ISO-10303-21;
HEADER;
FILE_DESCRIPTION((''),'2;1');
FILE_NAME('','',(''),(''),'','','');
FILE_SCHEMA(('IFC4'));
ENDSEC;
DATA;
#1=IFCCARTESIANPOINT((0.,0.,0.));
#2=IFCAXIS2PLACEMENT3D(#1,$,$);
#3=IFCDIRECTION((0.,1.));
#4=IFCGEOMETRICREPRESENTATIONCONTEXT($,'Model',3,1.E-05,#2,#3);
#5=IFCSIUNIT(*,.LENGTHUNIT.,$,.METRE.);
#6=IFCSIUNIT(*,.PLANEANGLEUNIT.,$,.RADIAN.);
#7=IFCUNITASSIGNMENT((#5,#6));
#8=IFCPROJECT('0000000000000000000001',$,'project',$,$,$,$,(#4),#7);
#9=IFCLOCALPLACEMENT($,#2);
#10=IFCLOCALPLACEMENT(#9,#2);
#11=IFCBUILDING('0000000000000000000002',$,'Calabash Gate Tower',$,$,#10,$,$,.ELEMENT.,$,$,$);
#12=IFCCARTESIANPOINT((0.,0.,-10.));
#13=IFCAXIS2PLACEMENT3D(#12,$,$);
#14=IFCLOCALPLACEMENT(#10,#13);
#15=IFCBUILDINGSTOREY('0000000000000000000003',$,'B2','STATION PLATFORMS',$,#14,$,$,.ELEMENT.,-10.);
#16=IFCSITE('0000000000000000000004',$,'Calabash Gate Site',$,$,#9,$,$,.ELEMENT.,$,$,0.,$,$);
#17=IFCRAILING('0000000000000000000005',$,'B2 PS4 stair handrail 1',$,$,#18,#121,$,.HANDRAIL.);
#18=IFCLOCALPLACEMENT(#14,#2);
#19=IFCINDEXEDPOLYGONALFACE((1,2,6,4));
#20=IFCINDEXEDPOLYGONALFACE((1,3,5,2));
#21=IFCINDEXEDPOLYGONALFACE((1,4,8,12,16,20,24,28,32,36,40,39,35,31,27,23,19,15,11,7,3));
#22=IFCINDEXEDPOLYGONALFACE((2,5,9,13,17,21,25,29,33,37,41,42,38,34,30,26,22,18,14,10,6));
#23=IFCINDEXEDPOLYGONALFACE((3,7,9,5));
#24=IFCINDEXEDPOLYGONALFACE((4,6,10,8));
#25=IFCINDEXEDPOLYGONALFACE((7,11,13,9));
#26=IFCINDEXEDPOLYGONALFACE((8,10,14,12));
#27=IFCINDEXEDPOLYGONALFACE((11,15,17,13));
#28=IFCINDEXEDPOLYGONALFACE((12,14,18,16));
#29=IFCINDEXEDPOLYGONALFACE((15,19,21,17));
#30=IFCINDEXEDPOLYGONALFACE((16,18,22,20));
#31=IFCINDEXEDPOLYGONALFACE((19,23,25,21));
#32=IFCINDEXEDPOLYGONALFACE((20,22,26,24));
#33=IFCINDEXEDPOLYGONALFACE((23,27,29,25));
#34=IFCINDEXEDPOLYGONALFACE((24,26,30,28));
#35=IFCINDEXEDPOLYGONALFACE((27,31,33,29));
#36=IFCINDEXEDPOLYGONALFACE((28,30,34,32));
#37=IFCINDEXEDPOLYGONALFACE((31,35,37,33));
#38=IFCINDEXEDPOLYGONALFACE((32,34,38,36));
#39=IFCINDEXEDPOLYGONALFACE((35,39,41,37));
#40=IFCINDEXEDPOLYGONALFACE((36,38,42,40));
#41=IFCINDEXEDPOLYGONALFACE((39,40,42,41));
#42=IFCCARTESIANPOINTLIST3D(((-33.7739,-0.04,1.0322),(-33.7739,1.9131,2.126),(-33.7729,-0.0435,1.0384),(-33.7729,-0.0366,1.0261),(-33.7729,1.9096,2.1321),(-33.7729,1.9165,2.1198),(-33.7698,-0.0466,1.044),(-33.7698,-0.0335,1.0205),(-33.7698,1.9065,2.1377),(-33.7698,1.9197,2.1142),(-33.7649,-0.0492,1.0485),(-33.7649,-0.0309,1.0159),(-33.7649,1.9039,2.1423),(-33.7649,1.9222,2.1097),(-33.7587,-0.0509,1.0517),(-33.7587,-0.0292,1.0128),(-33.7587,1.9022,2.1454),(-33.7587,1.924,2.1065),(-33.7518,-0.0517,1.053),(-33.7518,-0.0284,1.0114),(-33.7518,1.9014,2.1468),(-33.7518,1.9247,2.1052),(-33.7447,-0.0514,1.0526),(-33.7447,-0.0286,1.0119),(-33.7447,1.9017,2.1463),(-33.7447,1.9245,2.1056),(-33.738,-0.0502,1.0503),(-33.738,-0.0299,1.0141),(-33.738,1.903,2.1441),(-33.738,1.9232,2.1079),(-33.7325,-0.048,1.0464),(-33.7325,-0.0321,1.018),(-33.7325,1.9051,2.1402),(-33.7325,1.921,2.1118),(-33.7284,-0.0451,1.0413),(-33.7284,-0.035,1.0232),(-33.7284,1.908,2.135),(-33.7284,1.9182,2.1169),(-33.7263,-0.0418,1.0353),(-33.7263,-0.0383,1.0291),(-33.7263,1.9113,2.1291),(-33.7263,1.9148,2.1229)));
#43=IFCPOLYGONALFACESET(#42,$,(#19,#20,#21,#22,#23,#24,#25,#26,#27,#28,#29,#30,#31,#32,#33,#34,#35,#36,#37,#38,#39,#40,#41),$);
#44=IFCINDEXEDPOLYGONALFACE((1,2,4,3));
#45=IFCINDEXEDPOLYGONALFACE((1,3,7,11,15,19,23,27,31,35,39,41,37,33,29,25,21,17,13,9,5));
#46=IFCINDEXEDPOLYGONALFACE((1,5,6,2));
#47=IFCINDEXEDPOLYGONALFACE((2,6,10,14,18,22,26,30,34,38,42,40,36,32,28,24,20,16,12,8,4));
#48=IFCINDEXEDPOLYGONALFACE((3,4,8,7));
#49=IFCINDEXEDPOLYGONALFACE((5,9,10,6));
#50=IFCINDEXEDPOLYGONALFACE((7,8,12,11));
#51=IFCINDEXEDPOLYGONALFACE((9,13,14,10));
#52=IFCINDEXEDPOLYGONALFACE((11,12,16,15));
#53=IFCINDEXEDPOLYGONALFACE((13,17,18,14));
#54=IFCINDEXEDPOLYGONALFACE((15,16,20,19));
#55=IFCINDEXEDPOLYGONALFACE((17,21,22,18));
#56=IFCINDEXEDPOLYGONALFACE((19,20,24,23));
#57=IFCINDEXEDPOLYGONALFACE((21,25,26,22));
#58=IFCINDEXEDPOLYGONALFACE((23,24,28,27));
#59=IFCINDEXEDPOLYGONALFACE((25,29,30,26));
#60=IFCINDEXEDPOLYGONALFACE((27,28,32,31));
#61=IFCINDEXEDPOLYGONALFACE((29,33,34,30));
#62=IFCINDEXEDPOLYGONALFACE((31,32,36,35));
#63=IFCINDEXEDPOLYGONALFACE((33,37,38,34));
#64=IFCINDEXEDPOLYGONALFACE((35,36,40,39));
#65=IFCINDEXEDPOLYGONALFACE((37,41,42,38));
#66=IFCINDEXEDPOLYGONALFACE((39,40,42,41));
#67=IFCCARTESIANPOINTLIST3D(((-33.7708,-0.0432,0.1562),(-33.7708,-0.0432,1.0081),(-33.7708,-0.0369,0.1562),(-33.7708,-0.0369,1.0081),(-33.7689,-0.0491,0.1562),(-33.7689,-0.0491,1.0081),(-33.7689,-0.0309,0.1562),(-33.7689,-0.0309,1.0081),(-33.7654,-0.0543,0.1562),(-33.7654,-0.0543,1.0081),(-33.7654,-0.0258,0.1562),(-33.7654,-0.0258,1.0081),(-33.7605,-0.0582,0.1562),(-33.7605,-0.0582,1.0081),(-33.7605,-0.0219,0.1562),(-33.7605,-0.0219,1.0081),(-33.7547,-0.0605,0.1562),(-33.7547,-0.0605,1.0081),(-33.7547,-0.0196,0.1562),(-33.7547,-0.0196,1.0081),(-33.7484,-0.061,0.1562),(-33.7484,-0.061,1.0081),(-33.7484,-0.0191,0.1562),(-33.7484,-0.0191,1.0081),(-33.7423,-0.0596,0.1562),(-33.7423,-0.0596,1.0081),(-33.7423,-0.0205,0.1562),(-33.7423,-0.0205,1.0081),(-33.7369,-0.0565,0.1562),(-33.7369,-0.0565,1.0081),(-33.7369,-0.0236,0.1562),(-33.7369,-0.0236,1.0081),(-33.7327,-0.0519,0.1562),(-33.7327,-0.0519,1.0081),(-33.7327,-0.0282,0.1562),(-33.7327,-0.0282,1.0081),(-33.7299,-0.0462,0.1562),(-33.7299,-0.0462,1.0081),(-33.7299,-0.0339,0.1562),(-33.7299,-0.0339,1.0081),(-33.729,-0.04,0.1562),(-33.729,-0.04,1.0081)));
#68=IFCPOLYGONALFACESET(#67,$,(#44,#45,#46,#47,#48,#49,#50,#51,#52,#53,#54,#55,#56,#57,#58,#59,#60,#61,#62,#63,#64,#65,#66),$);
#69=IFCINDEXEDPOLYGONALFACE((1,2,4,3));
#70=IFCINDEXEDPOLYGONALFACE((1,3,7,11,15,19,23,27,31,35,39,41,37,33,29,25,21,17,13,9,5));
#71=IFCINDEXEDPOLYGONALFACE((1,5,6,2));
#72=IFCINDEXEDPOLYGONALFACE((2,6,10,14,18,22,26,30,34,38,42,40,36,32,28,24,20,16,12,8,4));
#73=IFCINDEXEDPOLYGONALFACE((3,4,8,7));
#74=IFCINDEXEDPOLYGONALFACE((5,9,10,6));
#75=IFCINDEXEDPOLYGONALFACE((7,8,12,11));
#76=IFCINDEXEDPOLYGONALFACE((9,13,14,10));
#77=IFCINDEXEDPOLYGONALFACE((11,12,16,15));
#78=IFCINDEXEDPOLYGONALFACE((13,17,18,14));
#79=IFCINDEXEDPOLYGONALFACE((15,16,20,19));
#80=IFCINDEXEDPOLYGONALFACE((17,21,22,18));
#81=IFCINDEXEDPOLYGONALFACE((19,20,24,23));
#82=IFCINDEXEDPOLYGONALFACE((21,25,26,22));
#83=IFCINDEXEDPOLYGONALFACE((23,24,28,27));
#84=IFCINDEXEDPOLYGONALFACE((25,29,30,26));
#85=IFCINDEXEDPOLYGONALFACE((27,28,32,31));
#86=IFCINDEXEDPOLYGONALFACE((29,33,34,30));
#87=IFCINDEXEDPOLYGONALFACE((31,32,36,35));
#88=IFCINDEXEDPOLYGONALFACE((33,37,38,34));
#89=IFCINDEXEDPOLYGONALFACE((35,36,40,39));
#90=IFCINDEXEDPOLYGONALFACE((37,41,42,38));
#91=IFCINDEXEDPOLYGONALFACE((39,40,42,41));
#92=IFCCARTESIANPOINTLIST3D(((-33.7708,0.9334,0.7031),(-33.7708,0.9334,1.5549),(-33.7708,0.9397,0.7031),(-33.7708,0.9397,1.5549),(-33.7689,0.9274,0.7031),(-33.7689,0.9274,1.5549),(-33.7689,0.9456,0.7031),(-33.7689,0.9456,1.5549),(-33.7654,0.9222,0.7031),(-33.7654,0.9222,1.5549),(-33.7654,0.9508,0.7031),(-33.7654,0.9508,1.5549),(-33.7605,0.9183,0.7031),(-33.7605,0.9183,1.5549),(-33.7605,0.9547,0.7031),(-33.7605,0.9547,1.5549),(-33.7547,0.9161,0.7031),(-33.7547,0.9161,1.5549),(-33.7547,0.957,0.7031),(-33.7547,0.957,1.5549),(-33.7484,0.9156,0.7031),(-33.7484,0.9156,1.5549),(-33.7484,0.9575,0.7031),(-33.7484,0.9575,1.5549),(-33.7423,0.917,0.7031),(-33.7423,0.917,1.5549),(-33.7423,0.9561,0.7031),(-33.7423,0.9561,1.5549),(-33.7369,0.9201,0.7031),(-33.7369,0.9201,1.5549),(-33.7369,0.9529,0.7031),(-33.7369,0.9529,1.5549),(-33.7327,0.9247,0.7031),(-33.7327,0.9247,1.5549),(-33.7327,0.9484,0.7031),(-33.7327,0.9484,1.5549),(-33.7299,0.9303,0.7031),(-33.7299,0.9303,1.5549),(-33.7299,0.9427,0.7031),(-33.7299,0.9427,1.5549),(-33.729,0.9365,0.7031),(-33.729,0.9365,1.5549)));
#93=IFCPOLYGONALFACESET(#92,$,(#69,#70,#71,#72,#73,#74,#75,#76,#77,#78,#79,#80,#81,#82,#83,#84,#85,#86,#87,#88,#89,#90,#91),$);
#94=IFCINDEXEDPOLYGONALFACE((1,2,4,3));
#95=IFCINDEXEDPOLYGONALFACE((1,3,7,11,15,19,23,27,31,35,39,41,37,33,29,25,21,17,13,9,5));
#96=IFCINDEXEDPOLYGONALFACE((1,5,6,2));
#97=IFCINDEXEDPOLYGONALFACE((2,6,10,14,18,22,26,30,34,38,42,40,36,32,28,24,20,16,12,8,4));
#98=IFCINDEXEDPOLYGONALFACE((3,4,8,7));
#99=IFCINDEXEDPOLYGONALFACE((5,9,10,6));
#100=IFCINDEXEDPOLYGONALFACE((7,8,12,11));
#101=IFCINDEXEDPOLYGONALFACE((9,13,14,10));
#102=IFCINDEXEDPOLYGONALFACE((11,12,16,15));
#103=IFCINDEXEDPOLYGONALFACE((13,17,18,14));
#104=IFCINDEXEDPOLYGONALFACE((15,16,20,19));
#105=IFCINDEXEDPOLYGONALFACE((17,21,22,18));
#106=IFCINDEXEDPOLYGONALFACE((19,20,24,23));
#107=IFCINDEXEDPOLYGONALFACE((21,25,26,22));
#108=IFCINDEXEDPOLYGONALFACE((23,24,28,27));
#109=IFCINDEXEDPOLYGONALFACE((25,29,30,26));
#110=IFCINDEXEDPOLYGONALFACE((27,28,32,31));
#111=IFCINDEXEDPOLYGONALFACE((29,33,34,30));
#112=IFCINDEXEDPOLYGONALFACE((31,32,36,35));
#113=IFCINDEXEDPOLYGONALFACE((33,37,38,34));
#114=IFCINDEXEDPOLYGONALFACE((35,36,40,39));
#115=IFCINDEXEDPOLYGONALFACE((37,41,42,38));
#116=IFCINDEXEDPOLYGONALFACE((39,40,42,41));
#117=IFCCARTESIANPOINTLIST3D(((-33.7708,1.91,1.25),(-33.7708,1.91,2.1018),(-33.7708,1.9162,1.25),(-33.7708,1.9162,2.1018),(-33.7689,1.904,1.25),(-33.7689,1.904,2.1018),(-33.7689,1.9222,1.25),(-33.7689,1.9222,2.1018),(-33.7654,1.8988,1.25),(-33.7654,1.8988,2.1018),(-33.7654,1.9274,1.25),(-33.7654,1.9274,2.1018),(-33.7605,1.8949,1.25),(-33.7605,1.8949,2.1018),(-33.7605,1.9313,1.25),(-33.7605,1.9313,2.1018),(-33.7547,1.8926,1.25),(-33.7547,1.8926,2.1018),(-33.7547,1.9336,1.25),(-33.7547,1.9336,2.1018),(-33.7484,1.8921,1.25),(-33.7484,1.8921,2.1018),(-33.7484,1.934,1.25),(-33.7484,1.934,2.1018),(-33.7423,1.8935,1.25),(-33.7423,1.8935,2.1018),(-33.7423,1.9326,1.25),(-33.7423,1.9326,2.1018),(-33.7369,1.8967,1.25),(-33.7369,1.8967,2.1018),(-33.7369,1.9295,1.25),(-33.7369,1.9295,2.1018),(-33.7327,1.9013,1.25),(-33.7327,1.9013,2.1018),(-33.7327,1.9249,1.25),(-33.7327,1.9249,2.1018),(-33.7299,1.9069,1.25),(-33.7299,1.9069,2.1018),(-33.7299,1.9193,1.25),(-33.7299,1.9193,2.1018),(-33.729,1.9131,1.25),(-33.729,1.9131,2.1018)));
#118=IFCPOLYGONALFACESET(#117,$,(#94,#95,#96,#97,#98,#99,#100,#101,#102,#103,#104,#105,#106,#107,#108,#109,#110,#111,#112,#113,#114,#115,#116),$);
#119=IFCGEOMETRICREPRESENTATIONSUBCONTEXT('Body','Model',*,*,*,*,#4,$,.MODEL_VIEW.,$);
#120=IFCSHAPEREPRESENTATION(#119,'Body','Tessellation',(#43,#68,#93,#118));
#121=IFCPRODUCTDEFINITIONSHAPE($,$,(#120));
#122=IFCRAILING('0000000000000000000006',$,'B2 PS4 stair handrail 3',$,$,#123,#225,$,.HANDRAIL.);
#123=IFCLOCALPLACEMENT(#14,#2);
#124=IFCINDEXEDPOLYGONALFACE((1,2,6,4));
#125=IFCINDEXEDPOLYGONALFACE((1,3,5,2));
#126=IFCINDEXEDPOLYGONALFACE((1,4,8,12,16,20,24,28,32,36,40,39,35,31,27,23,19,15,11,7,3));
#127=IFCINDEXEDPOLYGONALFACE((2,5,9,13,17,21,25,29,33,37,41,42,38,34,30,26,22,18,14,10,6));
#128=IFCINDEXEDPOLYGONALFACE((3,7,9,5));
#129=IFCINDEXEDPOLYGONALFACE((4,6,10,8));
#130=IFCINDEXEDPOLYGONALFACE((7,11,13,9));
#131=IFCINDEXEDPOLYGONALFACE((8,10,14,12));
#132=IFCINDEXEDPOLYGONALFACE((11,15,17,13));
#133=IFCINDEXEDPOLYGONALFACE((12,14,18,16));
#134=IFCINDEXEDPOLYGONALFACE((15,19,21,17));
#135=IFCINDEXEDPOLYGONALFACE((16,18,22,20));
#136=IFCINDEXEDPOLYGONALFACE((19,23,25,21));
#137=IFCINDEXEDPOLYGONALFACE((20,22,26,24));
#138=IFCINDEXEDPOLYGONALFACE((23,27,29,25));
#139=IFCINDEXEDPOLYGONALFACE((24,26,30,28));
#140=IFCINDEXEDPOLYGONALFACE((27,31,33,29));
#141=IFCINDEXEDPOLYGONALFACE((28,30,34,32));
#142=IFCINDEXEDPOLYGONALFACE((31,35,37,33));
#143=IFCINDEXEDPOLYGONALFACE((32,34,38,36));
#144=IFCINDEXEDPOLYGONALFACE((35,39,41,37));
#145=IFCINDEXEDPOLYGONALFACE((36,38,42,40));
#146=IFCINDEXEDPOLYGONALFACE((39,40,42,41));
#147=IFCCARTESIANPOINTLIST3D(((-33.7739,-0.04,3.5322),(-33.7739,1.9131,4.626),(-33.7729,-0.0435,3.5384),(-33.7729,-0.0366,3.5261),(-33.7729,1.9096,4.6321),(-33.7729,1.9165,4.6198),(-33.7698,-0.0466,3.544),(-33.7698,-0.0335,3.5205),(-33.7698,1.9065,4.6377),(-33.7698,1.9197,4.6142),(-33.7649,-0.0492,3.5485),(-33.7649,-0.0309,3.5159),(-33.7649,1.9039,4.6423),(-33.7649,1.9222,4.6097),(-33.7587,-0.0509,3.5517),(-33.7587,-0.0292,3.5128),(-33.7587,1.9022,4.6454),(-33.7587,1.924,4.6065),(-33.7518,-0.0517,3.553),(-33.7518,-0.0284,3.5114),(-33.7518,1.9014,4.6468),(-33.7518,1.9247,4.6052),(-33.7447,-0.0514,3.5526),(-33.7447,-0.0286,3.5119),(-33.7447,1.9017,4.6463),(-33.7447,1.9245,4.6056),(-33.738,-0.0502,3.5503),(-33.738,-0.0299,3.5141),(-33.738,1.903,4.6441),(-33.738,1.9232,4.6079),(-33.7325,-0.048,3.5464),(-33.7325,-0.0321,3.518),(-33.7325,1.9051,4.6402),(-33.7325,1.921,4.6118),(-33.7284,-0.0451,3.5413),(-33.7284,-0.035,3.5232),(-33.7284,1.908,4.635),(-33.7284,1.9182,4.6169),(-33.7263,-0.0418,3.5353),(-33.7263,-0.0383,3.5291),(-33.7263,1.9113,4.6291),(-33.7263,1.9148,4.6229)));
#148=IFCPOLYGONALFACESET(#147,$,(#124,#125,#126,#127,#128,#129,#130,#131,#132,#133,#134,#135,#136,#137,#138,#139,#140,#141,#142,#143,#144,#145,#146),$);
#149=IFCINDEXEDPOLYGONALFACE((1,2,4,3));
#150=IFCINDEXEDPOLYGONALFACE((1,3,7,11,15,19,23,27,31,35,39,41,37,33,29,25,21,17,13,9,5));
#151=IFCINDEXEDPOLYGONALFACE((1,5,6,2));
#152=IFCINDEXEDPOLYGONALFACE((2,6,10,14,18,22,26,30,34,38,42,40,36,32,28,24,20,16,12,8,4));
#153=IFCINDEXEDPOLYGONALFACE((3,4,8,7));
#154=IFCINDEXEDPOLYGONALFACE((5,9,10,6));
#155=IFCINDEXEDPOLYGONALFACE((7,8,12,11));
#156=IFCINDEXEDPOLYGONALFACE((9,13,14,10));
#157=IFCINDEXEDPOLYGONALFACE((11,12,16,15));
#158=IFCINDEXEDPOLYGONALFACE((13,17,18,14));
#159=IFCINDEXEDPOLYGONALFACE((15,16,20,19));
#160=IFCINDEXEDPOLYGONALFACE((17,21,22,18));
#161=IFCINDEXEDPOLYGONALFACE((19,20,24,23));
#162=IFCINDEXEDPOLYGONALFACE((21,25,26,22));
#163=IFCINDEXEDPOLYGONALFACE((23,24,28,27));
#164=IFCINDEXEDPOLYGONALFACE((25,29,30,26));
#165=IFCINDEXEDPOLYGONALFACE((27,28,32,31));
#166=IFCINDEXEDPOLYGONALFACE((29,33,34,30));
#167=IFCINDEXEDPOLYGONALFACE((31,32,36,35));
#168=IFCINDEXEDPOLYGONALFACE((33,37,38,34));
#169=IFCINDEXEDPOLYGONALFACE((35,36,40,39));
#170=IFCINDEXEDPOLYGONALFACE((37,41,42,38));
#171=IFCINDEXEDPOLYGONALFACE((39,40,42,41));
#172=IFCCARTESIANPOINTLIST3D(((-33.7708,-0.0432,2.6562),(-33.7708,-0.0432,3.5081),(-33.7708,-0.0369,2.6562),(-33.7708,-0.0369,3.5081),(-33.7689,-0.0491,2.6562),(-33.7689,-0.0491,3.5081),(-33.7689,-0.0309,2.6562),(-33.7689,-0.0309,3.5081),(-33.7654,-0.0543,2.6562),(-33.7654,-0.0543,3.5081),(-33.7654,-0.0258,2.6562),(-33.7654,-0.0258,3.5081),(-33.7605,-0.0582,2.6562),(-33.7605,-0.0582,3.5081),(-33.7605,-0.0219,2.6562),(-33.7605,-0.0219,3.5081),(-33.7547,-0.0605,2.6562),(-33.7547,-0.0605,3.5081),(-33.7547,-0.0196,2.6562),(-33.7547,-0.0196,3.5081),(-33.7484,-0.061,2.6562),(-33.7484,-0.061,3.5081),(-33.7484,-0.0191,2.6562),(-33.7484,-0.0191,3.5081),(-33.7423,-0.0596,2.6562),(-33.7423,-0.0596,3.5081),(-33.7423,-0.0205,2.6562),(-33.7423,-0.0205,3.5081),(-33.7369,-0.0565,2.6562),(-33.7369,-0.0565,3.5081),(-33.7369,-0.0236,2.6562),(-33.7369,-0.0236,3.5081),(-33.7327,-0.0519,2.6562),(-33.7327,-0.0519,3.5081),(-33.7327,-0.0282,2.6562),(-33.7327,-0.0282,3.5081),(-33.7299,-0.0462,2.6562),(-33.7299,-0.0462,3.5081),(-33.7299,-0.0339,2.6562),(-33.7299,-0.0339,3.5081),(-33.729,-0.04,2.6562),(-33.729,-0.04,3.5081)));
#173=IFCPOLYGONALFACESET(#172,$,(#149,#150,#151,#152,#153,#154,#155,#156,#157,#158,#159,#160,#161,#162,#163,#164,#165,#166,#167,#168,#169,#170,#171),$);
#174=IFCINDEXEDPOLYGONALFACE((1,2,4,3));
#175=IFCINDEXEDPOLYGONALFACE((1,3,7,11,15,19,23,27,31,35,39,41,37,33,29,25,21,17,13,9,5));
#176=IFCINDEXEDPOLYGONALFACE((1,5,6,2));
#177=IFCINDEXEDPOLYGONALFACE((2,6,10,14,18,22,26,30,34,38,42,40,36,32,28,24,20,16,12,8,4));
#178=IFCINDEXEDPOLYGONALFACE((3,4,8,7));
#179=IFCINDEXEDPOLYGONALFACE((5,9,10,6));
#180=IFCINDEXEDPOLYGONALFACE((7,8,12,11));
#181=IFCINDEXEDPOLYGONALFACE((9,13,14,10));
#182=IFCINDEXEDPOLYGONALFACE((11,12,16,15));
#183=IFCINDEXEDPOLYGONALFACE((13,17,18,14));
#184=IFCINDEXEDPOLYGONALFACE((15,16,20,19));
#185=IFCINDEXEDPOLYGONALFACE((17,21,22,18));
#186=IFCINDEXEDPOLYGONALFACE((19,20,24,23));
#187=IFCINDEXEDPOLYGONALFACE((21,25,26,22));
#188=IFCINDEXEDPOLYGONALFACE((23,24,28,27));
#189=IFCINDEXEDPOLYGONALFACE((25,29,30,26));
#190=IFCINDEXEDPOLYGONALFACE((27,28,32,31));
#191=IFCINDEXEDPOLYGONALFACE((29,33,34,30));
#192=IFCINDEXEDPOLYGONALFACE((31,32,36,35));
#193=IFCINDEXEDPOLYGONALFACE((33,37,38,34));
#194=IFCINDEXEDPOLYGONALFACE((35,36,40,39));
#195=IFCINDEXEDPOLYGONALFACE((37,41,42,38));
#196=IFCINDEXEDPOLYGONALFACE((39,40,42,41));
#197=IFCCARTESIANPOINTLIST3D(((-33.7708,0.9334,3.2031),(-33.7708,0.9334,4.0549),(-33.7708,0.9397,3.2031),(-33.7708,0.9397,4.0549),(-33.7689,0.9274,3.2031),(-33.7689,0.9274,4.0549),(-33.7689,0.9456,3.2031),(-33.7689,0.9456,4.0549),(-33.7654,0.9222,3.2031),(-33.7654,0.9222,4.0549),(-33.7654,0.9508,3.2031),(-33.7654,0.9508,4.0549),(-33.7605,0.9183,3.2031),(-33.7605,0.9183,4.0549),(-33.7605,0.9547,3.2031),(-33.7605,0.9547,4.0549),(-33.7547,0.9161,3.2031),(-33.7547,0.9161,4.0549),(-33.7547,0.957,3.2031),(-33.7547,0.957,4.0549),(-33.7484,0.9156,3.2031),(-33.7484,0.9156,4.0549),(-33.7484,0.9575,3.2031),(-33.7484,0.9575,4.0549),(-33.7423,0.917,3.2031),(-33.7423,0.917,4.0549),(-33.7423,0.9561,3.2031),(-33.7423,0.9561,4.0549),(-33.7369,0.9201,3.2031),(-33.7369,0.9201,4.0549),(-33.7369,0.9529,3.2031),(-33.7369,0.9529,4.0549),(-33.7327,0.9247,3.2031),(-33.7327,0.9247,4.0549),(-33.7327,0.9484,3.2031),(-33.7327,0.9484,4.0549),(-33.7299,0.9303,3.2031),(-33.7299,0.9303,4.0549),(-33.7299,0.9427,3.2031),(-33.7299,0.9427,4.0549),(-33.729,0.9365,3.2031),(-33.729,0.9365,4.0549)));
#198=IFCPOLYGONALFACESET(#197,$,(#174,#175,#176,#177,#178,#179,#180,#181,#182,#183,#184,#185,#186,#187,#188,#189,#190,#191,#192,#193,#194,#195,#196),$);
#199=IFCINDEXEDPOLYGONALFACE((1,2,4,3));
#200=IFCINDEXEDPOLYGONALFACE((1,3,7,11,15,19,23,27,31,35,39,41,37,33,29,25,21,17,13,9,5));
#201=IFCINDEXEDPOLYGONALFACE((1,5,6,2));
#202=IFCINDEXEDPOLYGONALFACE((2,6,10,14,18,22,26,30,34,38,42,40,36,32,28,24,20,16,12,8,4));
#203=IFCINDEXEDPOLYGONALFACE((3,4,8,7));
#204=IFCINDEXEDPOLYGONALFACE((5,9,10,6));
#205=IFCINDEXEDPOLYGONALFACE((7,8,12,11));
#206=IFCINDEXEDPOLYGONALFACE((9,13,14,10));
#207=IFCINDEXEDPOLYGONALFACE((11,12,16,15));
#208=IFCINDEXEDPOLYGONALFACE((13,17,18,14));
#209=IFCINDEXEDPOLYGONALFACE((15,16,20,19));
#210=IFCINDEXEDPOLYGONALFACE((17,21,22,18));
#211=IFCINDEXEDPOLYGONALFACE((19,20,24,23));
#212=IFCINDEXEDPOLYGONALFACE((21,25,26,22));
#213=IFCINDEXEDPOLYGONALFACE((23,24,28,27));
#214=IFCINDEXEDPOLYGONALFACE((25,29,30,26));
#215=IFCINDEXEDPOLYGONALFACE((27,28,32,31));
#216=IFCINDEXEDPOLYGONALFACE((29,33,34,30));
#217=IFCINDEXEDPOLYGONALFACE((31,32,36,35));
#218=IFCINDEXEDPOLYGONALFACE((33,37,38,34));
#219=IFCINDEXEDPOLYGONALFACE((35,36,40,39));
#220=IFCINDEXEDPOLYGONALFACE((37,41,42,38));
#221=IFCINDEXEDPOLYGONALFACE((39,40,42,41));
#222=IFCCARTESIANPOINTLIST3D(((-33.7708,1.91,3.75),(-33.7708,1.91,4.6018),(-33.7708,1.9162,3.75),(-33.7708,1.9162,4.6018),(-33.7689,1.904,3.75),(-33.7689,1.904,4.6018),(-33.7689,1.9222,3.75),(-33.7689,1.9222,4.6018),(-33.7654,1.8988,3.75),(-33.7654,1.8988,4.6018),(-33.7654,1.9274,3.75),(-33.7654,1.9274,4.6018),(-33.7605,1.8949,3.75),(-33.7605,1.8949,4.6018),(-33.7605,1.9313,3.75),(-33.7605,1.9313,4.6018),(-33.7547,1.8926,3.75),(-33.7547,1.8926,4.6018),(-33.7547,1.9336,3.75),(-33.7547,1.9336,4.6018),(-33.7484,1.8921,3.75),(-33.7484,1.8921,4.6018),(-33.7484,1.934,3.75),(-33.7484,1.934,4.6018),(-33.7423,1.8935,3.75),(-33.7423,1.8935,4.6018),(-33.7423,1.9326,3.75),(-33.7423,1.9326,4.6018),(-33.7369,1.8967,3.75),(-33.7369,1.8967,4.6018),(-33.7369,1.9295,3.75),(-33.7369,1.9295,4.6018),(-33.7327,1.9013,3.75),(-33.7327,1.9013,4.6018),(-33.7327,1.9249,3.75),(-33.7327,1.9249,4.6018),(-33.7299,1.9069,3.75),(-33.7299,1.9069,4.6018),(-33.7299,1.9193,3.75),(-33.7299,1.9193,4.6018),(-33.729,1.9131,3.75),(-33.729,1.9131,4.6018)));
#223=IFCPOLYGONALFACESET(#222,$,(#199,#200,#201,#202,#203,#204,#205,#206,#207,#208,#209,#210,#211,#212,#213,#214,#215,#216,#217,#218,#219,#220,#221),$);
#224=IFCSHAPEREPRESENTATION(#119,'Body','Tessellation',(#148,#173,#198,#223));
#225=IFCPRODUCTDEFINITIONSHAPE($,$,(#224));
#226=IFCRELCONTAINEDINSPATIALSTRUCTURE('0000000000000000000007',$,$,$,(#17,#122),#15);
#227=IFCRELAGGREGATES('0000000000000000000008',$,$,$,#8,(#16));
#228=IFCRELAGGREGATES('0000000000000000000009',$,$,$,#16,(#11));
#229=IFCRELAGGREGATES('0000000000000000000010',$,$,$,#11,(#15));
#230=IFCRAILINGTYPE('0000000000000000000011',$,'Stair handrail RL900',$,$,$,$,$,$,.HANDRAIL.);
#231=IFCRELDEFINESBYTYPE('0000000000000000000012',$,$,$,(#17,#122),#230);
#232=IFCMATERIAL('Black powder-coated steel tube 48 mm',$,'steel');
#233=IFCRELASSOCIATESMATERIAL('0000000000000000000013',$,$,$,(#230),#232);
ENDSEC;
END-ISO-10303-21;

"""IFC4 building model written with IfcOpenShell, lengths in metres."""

from ifc_helpers import new_model, si_unit, direction, frame, origin, origin_2d, place, context, subcontext, project, spatial, circle, extrude, material, type_object, element, save


model = new_model("IFC4")

# Units and contexts
model_context = context("Model", 3, precision=1e-05, world=origin(), true_north=direction((0.0, 1.0)))
body_context = subcontext(model_context, "Body", "Model", "MODEL_VIEW")
ifc_project = project(units=[si_unit("LENGTHUNIT", "METRE"), si_unit("PLANEANGLEUNIT", "RADIAN")], contexts=[model_context])

# Site, building, storey
site_placement = place(None, origin())
site = spatial("IfcSite", under=ifc_project, at=site_placement, Name="Calabash Gate Site", CompositionType="ELEMENT", RefElevation=0.0)
building_placement = place(site_placement, origin())
building = spatial("IfcBuilding", under=site, at=building_placement, Name="Calabash Gate Tower", CompositionType="ELEMENT")
storey_placement = place(building_placement, frame((0.0, 0.0, -10.0)))
storey = spatial("IfcBuildingStorey", under=building, at=storey_placement, Name="B2", Description="STATION PLATFORMS", CompositionType="ELEMENT", Elevation=-10.0)

# Railings
ifc_material_1 = material(Name="Black powder-coated steel tube 48 mm", Category="steel")
railing_type_1 = type_object("IfcRailingType", Name="Stair handrail RL900", PredefinedType="HANDRAIL", material=ifc_material_1)
for number, where, name in (
    (1, (-33.75, -0.04, 0.1562), "B2 PS4 stair handrail 1"),
    (2, (-33.75, -0.04, 2.6562), "B2 PS4 stair handrail 3"),
):
    element("IfcRailing", number, at=place(storey_placement, frame(where)), inside=storey, type_object=railing_type_1, Name=name, PredefinedType="HANDRAIL", context=body_context, shape_type="SweptSolid", body=[
        extrude(circle(Radius=0.0239, at=origin_2d()), frame((0.0, 0.0, 0.876), z_axis=(0.0, 0.872506, 0.488603), x_axis=(-1.0, 0.0, 0.0)), (0.0, 0.0, 1.0), 2.2385),
        extrude(circle(Radius=0.021, at=origin_2d()), origin(), (0.0, 0.0, 1.0), 0.8518),
        extrude(circle(Radius=0.021, at=origin_2d()), frame((0.0, 0.9766, 0.5469)), (0.0, 0.0, 1.0), 0.8518),
        extrude(circle(Radius=0.021, at=origin_2d()), frame((0.0, 1.9531, 1.0938)), (0.0, 0.0, 1.0), 0.8518),
    ])

save(model, "model.ifc")
